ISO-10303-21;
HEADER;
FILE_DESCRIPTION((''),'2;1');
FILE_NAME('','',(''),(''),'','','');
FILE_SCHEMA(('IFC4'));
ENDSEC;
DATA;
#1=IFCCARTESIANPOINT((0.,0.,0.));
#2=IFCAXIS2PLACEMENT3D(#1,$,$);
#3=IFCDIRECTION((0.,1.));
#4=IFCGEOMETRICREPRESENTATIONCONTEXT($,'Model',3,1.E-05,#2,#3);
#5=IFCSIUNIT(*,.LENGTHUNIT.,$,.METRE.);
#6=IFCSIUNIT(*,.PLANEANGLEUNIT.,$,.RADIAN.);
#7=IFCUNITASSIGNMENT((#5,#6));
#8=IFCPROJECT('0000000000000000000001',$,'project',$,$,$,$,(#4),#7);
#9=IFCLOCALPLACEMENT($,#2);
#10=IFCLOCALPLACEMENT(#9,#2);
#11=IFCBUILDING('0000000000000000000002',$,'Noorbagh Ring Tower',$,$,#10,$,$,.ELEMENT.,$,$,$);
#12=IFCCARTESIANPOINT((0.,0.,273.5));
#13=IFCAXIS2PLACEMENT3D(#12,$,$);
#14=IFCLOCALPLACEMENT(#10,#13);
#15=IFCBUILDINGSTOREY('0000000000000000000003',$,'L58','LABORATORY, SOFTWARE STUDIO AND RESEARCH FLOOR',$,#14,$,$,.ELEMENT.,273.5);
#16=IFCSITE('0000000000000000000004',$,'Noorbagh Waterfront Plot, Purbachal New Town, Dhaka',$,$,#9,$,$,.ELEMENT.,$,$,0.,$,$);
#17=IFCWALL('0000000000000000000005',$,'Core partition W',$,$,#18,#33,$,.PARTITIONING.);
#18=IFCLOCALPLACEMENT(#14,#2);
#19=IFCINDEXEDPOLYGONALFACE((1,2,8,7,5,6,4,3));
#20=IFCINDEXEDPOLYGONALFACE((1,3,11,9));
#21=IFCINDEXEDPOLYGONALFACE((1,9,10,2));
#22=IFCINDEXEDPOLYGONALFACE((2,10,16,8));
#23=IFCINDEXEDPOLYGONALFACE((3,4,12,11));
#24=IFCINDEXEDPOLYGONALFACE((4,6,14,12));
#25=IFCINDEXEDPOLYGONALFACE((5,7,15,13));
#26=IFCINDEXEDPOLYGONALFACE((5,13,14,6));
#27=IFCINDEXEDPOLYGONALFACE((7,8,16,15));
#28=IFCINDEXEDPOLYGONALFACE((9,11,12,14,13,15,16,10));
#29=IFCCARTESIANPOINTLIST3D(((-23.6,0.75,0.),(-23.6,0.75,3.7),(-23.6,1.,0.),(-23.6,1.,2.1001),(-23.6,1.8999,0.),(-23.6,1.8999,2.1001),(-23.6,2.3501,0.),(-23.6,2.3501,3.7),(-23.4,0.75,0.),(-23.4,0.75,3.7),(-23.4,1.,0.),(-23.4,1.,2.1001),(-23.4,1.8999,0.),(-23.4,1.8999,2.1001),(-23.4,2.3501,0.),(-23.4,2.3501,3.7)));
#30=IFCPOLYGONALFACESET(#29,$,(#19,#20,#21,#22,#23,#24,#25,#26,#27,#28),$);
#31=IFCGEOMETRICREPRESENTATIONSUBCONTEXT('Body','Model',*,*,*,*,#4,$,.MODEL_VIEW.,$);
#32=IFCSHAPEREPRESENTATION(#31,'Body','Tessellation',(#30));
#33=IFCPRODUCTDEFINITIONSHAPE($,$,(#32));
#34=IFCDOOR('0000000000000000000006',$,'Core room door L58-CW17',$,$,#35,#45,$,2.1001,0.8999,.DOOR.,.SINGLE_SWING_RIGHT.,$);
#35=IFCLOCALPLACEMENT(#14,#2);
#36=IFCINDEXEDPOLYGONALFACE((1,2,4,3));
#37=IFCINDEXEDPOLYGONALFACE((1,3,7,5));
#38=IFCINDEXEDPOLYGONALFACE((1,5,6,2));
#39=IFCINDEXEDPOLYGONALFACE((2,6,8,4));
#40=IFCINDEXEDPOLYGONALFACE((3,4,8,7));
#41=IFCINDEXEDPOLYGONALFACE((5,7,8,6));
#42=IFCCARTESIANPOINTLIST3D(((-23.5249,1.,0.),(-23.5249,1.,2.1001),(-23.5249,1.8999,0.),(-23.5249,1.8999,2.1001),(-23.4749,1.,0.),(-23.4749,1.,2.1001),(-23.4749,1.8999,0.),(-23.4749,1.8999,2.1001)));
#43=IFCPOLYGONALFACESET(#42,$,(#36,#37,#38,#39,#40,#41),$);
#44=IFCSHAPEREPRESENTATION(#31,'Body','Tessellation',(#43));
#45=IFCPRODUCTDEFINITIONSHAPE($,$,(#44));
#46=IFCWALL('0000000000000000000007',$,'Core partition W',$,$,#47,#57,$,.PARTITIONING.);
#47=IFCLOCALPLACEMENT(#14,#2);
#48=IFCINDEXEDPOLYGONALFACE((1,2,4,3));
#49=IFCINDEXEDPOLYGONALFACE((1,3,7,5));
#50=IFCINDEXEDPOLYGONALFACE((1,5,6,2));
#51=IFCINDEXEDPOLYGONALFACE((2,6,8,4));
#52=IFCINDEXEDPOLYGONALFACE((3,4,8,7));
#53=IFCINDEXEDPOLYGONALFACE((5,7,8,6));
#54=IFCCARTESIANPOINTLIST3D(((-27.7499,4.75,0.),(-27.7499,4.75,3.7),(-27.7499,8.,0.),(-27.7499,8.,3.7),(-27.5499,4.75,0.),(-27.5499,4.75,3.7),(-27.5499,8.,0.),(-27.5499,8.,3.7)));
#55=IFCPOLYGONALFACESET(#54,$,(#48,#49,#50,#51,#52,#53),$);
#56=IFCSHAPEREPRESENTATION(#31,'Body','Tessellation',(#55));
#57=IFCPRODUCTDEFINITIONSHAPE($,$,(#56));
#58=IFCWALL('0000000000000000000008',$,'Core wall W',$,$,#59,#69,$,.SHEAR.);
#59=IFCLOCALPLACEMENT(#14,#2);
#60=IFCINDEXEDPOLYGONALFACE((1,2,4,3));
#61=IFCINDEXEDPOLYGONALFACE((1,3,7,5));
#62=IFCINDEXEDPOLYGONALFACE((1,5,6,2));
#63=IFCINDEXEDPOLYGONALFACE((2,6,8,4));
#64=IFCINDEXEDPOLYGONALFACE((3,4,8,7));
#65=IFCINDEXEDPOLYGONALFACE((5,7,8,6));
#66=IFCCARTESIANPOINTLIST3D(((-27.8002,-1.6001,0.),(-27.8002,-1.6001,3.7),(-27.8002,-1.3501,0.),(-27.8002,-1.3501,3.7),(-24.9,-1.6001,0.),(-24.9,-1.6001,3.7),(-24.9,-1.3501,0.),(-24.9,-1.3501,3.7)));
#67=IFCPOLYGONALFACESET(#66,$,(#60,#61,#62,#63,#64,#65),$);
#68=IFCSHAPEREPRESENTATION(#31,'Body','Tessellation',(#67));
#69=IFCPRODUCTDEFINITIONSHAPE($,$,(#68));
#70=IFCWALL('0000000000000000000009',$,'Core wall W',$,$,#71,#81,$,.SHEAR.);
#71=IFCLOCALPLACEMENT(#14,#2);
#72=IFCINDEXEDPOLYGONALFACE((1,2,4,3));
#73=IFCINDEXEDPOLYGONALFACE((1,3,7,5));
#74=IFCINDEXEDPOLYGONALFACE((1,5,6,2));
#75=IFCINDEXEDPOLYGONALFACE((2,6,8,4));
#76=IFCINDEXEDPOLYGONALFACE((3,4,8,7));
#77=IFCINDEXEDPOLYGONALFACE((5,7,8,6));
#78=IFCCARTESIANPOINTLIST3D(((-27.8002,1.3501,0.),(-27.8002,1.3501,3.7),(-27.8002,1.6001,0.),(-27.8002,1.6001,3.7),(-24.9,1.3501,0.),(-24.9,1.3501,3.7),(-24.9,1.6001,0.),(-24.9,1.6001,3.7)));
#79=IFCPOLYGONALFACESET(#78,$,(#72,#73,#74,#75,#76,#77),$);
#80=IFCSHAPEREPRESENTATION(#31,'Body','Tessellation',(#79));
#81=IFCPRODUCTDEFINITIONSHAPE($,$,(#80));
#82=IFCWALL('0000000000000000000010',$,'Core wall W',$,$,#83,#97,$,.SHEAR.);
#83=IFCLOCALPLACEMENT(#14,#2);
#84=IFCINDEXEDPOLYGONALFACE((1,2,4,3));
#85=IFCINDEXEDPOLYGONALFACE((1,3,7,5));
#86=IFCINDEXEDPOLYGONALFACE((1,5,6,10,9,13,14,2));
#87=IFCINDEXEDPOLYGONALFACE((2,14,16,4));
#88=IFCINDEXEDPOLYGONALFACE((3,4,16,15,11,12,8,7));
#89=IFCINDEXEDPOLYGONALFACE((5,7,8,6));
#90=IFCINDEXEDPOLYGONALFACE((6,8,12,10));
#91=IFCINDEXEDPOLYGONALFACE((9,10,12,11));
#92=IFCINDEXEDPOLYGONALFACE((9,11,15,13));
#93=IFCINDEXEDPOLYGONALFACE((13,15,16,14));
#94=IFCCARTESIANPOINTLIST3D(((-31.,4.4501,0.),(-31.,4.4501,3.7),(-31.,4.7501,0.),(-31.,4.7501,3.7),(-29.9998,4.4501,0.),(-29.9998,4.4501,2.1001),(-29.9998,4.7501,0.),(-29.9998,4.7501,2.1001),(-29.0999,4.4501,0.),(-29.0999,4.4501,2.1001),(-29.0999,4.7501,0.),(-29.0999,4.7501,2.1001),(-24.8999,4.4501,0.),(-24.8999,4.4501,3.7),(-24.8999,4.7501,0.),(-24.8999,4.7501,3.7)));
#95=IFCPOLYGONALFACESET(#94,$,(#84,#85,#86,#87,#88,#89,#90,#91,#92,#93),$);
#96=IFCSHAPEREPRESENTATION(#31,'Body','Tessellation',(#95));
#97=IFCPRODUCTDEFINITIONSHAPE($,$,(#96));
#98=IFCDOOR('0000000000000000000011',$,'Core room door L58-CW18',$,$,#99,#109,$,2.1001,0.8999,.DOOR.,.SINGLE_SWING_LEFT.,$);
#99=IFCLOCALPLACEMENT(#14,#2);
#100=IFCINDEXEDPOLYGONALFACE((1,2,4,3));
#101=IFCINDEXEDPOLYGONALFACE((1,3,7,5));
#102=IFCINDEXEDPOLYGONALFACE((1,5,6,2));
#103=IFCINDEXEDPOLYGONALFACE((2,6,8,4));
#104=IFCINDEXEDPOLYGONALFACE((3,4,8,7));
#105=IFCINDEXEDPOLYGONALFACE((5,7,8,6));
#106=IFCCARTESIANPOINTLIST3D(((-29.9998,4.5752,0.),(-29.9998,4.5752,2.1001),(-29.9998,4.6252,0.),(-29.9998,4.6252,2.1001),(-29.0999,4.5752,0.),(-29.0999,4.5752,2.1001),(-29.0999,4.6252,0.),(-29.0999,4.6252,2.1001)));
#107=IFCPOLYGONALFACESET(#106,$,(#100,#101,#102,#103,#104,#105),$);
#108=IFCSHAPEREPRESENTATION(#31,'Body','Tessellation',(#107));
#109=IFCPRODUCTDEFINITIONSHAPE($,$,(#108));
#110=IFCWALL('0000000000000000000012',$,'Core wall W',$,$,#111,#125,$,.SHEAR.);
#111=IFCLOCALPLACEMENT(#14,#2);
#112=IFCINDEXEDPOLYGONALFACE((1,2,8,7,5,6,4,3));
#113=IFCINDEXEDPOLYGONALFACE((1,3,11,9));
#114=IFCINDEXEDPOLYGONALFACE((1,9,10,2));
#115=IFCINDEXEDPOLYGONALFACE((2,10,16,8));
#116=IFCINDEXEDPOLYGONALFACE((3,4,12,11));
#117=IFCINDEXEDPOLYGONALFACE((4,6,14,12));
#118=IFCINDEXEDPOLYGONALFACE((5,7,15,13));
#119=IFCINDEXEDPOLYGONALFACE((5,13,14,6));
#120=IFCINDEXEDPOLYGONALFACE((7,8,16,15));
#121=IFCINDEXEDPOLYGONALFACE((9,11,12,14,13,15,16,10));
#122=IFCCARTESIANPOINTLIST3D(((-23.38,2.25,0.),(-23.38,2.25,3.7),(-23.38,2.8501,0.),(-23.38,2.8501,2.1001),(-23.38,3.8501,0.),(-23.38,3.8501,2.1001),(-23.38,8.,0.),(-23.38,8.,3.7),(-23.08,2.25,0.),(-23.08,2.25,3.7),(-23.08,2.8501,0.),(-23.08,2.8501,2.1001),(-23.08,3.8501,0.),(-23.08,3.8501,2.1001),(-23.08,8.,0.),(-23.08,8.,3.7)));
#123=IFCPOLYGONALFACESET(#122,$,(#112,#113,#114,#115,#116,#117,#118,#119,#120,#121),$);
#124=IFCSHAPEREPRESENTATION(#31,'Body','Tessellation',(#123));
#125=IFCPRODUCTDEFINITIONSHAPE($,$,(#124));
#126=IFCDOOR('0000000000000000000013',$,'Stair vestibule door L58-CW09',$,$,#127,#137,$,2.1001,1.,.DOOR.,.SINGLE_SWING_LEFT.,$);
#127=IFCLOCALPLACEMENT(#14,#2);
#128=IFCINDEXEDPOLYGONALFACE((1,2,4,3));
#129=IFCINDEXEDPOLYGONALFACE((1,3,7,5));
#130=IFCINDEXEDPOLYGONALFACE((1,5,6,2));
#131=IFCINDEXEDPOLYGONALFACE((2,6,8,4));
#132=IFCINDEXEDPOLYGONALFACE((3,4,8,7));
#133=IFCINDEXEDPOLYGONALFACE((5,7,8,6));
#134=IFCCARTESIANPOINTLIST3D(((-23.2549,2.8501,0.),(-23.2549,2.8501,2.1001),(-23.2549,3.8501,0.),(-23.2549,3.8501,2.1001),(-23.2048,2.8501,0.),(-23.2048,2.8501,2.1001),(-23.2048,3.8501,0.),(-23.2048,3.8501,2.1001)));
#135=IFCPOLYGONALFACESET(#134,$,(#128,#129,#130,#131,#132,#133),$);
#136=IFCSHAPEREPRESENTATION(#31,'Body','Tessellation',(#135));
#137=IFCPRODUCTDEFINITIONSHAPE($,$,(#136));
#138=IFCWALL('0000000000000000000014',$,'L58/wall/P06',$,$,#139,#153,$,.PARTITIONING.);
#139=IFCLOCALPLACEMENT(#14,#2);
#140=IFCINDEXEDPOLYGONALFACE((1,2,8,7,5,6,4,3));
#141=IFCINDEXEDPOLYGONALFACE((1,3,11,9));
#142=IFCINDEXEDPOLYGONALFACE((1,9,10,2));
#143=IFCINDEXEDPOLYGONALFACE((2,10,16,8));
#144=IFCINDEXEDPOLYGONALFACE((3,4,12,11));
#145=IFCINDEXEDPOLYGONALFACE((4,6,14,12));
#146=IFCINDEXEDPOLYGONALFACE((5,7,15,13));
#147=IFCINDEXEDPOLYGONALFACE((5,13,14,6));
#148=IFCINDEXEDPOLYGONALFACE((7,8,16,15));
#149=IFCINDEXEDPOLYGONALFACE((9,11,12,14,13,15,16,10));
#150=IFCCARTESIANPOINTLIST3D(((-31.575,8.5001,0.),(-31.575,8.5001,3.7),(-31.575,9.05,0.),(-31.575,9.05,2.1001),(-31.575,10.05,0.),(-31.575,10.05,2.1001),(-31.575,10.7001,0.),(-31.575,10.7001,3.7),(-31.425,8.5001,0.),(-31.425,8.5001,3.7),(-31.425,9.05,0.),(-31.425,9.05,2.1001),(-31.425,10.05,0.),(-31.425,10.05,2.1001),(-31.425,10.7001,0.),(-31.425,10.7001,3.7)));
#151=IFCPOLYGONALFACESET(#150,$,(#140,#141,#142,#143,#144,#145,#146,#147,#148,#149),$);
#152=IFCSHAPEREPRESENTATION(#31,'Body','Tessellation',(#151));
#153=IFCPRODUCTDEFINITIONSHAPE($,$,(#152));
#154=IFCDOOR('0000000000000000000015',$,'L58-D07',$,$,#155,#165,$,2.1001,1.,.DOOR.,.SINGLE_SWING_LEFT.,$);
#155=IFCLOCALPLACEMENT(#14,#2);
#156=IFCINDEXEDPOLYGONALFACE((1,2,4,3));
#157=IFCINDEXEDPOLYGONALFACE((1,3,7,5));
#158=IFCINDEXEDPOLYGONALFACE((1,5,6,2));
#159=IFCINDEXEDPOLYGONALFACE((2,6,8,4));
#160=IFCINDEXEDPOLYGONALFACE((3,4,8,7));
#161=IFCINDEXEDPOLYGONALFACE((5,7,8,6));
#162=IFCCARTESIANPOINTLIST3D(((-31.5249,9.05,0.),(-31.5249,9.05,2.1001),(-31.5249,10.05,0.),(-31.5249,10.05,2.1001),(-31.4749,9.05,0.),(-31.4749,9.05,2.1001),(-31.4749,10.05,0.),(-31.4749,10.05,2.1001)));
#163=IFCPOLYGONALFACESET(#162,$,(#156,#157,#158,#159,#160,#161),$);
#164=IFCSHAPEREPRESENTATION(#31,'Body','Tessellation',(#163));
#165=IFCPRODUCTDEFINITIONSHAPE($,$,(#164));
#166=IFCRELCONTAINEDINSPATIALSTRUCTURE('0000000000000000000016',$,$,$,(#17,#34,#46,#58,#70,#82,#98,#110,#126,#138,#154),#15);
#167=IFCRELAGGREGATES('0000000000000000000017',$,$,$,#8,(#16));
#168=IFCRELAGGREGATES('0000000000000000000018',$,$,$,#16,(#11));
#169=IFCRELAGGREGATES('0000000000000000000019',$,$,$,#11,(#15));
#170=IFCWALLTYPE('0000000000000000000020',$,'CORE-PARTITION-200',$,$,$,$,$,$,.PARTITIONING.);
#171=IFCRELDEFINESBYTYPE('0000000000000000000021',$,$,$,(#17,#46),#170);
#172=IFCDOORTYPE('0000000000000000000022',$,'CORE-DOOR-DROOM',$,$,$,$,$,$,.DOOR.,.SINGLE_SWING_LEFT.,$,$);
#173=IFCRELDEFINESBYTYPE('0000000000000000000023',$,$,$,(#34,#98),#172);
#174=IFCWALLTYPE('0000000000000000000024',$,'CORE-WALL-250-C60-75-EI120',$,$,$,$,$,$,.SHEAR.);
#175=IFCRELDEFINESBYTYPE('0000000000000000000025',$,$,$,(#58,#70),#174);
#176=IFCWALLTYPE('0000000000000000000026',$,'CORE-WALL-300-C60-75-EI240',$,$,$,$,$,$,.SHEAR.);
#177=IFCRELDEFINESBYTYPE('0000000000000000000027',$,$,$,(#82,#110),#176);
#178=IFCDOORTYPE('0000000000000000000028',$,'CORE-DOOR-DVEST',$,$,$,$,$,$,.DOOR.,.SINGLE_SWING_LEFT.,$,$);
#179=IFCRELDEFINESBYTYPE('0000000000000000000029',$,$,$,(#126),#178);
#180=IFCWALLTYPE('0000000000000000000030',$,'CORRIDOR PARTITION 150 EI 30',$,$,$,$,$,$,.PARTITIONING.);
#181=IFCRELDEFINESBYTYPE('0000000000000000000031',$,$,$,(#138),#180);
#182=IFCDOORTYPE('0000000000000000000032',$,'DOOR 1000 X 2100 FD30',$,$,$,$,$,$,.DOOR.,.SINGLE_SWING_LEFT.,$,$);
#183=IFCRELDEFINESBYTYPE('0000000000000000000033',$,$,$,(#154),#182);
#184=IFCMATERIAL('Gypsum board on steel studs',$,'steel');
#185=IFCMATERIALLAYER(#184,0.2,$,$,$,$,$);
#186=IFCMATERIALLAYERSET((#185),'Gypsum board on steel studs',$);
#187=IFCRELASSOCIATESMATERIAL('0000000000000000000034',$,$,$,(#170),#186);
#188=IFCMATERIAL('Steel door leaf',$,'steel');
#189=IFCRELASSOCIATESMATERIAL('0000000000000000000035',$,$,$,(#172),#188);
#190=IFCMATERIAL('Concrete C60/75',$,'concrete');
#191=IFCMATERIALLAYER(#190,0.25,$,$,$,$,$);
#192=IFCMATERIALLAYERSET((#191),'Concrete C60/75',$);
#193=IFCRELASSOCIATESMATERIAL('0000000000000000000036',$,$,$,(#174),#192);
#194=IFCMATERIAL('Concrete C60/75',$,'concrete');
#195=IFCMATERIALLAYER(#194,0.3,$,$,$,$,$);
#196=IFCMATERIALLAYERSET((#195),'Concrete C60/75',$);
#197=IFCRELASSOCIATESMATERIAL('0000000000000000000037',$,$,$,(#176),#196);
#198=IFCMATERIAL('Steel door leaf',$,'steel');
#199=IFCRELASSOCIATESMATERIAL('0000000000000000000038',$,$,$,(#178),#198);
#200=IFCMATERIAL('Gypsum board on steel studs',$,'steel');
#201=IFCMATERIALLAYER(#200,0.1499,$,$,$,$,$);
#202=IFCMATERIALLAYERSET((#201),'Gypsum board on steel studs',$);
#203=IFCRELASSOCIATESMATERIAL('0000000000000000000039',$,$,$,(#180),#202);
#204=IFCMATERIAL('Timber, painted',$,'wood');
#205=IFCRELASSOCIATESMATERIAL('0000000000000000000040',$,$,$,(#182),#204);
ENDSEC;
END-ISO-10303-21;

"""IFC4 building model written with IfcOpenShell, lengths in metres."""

from ifc_helpers import new_model, si_unit, direction, frame, frame_2d, origin, place, context, subcontext, project, spatial, rectangle, extrude, material, layer, layer_set, type_object, element, fill, save


model = new_model("IFC4")

# Units and contexts
model_context = context("Model", 3, precision=1e-05, world=origin(), true_north=direction((0.0, 1.0)))
body_context = subcontext(model_context, "Body", "Model", "MODEL_VIEW")
ifc_project = project(units=[si_unit("LENGTHUNIT", "METRE"), si_unit("PLANEANGLEUNIT", "RADIAN")], contexts=[model_context])

# Site, building, storey
site_placement = place(None, origin())
site = spatial("IfcSite", under=ifc_project, at=site_placement, Name="Noorbagh Waterfront Plot, Purbachal New Town, Dhaka", CompositionType="ELEMENT", RefElevation=0.0)
building_placement = place(site_placement, origin())
building = spatial("IfcBuilding", under=site, at=building_placement, Name="Noorbagh Ring Tower", CompositionType="ELEMENT")
storey_placement = place(building_placement, frame((0.0, 0.0, 273.5)))
storey = spatial("IfcBuildingStorey", under=building, at=storey_placement, Name="L58", Description="LABORATORY, SOFTWARE STUDIO AND RESEARCH FLOOR", CompositionType="ELEMENT", Elevation=273.5)

# Shared definitions
ifc_material_1 = material(Name="Gypsum board on steel studs", Category="steel")
ifc_layer_1 = layer(ifc_material_1, 0.2)
ifc_layer_set_1 = layer_set([ifc_layer_1], Name="Gypsum board on steel studs")
wall_type_1 = type_object("IfcWallType", Name="CORE-PARTITION-200", PredefinedType="PARTITIONING", material=ifc_layer_set_1)

# Wall, opening, door
wall_1_placement = place(storey_placement, frame((-23.5, 0.75, 0.0), z_axis=(0.0, 0.0, 1.0), x_axis=(0.0, 1.0, 0.0)))
wall_1 = element("IfcWall", 1, at=wall_1_placement, inside=storey, type_object=wall_type_1, Name="Core partition W", PredefinedType="PARTITIONING", context=body_context, shape_type="SweptSolid", body=[
    extrude(rectangle(XDim=1.6001, YDim=0.2, at=frame_2d((0.8, 0.0))), origin(), (0.0, 0.0, 1.0), 3.7),
])
opening_1_placement = place(wall_1_placement, frame((0.25, 0.0, 0.0)))
opening_1 = element("IfcOpeningElement", 2, at=opening_1_placement, cuts=wall_1, PredefinedType="OPENING", context=body_context, shape_type="SweptSolid", body=[
    extrude(rectangle(XDim=0.8999, YDim=2.1001, at=frame_2d((0.45, 1.05))), frame((0.0, 0.1099, 0.0), z_axis=(0.0, -1.0, 0.0), x_axis=(1.0, 0.0, 0.0)), (0.0, 0.0, 1.0), 0.22),
])
ifc_material_2 = material(Name="Steel door leaf", Category="steel")
door_type_1 = type_object("IfcDoorType", Name="CORE-DOOR-DROOM", OperationType="SINGLE_SWING_LEFT", PredefinedType="DOOR", material=ifc_material_2)
door_1_placement = place(opening_1_placement, origin())
door_1 = element("IfcDoor", 3, at=door_1_placement, inside=storey, type_object=door_type_1, Name="Core room door L58-CW17", OperationType="SINGLE_SWING_RIGHT", OverallHeight=2.1001, OverallWidth=0.8999, PredefinedType="DOOR", context=body_context, shape_type="SweptSolid", body=[
    extrude(rectangle(XDim=0.8999, YDim=2.1001, at=frame_2d((0.45, 1.05))), frame((0.0, 0.0249, 0.0), z_axis=(0.0, -1.0, 0.0), x_axis=(1.0, 0.0, 0.0)), (0.0, 0.0, 1.0), 0.05),
])
fill(opening_1, door_1)

# Walls
wall_2_placement = place(storey_placement, frame((-27.6499, 4.75, 0.0), z_axis=(0.0, 0.0, 1.0), x_axis=(0.0, 1.0, 0.0)))
element("IfcWall", 4, at=wall_2_placement, inside=storey, type_object=wall_type_1, Name="Core partition W", PredefinedType="PARTITIONING", context=body_context, shape_type="SweptSolid", body=[
    extrude(rectangle(XDim=3.25, YDim=0.2, at=frame_2d((1.625, 0.0))), origin(), (0.0, 0.0, 1.0), 3.7),
])
ifc_material_3 = material(Name="Concrete C60/75", Category="concrete")
ifc_layer_2 = layer(ifc_material_3, 0.25)
ifc_layer_set_2 = layer_set([ifc_layer_2], Name="Concrete C60/75")
wall_type_2 = type_object("IfcWallType", Name="CORE-WALL-250-C60-75-EI120", PredefinedType="SHEAR", material=ifc_layer_set_2)
for number, where, z_axis, x_axis, name in (
    (5, (-24.8999, -1.4751, 0.0), (0.0, 0.0, 1.0), (-1.0, 0.0, 0.0), "Core wall W"),
    (6, (-24.8999, 1.4751, 0.0), (0.0, 0.0, 1.0), (-1.0, 0.0, 0.0), "Core wall W"),
):
    element("IfcWall", number, at=place(storey_placement, frame(where, z_axis=z_axis, x_axis=x_axis)), inside=storey, type_object=wall_type_2, Name=name, PredefinedType="SHEAR", context=body_context, shape_type="SweptSolid", body=[
        extrude(rectangle(XDim=2.9001, YDim=0.25, at=frame_2d((1.4502, 0.0))), origin(), (0.0, 0.0, 1.0), 3.7),
    ])

# Walls, openings, doors
ifc_material_4 = material(Name="Concrete C60/75", Category="concrete")
ifc_layer_3 = layer(ifc_material_4, 0.3)
ifc_layer_set_3 = layer_set([ifc_layer_3], Name="Concrete C60/75")
wall_type_3 = type_object("IfcWallType", Name="CORE-WALL-300-C60-75-EI240", PredefinedType="SHEAR", material=ifc_layer_set_3)
wall_3_placement = place(storey_placement, frame((-24.8999, 4.6001, 0.0), z_axis=(0.0, 0.0, 1.0), x_axis=(-1.0, 0.0, 0.0)))
wall_3 = element("IfcWall", 7, at=wall_3_placement, inside=storey, type_object=wall_type_3, Name="Core wall W", PredefinedType="SHEAR", context=body_context, shape_type="SweptSolid", body=[
    extrude(rectangle(XDim=6.1001, YDim=0.3, at=frame_2d((3.05, 0.0))), origin(), (0.0, 0.0, 1.0), 3.7),
])
opening_2_placement = place(wall_3_placement, frame((4.2, 0.0, 0.0)))
opening_2 = element("IfcOpeningElement", 8, at=opening_2_placement, cuts=wall_3, PredefinedType="OPENING", context=body_context, shape_type="SweptSolid", body=[
    extrude(rectangle(XDim=0.8999, YDim=2.1001, at=frame_2d((0.45, 1.05))), frame((0.0, 0.1602, 0.0), z_axis=(0.0, -1.0, 0.0), x_axis=(1.0, 0.0, 0.0)), (0.0, 0.0, 1.0), 0.3201),
])
door_2_placement = place(opening_2_placement, origin())
door_2 = element("IfcDoor", 9, at=door_2_placement, inside=storey, type_object=door_type_1, Name="Core room door L58-CW18", OperationType="SINGLE_SWING_LEFT", OverallHeight=2.1001, OverallWidth=0.8999, PredefinedType="DOOR", context=body_context, shape_type="SweptSolid", body=[
    extrude(rectangle(XDim=0.8999, YDim=2.1001, at=frame_2d((0.45, 1.05))), frame((0.0, 0.0249, 0.0), z_axis=(0.0, -1.0, 0.0), x_axis=(1.0, 0.0, 0.0)), (0.0, 0.0, 1.0), 0.05),
])
fill(opening_2, door_2)
wall_4_placement = place(storey_placement, frame((-23.23, 2.25, 0.0), z_axis=(0.0, 0.0, 1.0), x_axis=(0.0, 1.0, 0.0)))
wall_4 = element("IfcWall", 10, at=wall_4_placement, inside=storey, type_object=wall_type_3, Name="Core wall W", PredefinedType="SHEAR", context=body_context, shape_type="SweptSolid", body=[
    extrude(rectangle(XDim=5.75, YDim=0.3, at=frame_2d((2.875, 0.0))), origin(), (0.0, 0.0, 1.0), 3.7),
])
opening_3_placement = place(wall_4_placement, frame((0.6001, 0.0, 0.0)))
opening_3 = element("IfcOpeningElement", 11, at=opening_3_placement, cuts=wall_4, PredefinedType="OPENING", context=body_context, shape_type="SweptSolid", body=[
    extrude(rectangle(XDim=1.0, YDim=2.1001, at=frame_2d((0.5, 1.05))), frame((0.0, 0.1602, 0.0), z_axis=(0.0, -1.0, 0.0), x_axis=(1.0, 0.0, 0.0)), (0.0, 0.0, 1.0), 0.3201),
])
ifc_material_5 = material(Name="Steel door leaf", Category="steel")
door_type_2 = type_object("IfcDoorType", Name="CORE-DOOR-DVEST", OperationType="SINGLE_SWING_LEFT", PredefinedType="DOOR", material=ifc_material_5)
door_3_placement = place(opening_3_placement, origin())
door_3 = element("IfcDoor", 12, at=door_3_placement, inside=storey, type_object=door_type_2, Name="Stair vestibule door L58-CW09", OperationType="SINGLE_SWING_LEFT", OverallHeight=2.1001, OverallWidth=1.0, PredefinedType="DOOR", context=body_context, shape_type="SweptSolid", body=[
    extrude(rectangle(XDim=1.0, YDim=2.1001, at=frame_2d((0.5, 1.05))), frame((0.0, 0.0249, 0.0), z_axis=(0.0, -1.0, 0.0), x_axis=(1.0, 0.0, 0.0)), (0.0, 0.0, 1.0), 0.05),
])
fill(opening_3, door_3)
ifc_material_6 = material(Name="Gypsum board on steel studs", Category="steel")
ifc_layer_4 = layer(ifc_material_6, 0.1499)
ifc_layer_set_4 = layer_set([ifc_layer_4], Name="Gypsum board on steel studs")
wall_type_4 = type_object("IfcWallType", Name="CORRIDOR PARTITION 150 EI 30", PredefinedType="PARTITIONING", material=ifc_layer_set_4)
wall_5_placement = place(storey_placement, frame((-31.5, 8.5, 0.0), z_axis=(0.0, 0.0, 1.0), x_axis=(0.0, 1.0, 0.0)))
wall_5 = element("IfcWall", 13, at=wall_5_placement, inside=storey, type_object=wall_type_4, Name="L58/wall/P06", PredefinedType="PARTITIONING", context=body_context, shape_type="SweptSolid", body=[
    extrude(rectangle(XDim=2.2, YDim=0.1499, at=frame_2d((1.1001, 0.0))), origin(), (0.0, 0.0, 1.0), 3.7),
])
opening_4_placement = place(wall_5_placement, frame((0.55, 0.0, 0.0)))
opening_4 = element("IfcOpeningElement", 14, at=opening_4_placement, cuts=wall_5, PredefinedType="OPENING", context=body_context, shape_type="SweptSolid", body=[
    extrude(rectangle(XDim=1.0, YDim=2.1001, at=frame_2d((0.5, 1.05))), frame((0.0, 0.085, 0.0), z_axis=(0.0, -1.0, 0.0), x_axis=(1.0, 0.0, 0.0)), (0.0, 0.0, 1.0), 0.1699),
])
ifc_material_7 = material(Name="Timber, painted", Category="wood")
door_type_3 = type_object("IfcDoorType", Name="DOOR 1000 X 2100 FD30", OperationType="SINGLE_SWING_LEFT", PredefinedType="DOOR", material=ifc_material_7)
door_4_placement = place(opening_4_placement, origin())
door_4 = element("IfcDoor", 15, at=door_4_placement, inside=storey, type_object=door_type_3, Name="L58-D07", OperationType="SINGLE_SWING_LEFT", OverallHeight=2.1001, OverallWidth=1.0, PredefinedType="DOOR", context=body_context, shape_type="SweptSolid", body=[
    extrude(rectangle(XDim=1.0, YDim=2.1001, at=frame_2d((0.5, 1.05))), frame((0.0, 0.0249, 0.0), z_axis=(0.0, -1.0, 0.0), x_axis=(1.0, 0.0, 0.0)), (0.0, 0.0, 1.0), 0.05),
])
fill(opening_4, door_4)

save(model, "model.ifc")
